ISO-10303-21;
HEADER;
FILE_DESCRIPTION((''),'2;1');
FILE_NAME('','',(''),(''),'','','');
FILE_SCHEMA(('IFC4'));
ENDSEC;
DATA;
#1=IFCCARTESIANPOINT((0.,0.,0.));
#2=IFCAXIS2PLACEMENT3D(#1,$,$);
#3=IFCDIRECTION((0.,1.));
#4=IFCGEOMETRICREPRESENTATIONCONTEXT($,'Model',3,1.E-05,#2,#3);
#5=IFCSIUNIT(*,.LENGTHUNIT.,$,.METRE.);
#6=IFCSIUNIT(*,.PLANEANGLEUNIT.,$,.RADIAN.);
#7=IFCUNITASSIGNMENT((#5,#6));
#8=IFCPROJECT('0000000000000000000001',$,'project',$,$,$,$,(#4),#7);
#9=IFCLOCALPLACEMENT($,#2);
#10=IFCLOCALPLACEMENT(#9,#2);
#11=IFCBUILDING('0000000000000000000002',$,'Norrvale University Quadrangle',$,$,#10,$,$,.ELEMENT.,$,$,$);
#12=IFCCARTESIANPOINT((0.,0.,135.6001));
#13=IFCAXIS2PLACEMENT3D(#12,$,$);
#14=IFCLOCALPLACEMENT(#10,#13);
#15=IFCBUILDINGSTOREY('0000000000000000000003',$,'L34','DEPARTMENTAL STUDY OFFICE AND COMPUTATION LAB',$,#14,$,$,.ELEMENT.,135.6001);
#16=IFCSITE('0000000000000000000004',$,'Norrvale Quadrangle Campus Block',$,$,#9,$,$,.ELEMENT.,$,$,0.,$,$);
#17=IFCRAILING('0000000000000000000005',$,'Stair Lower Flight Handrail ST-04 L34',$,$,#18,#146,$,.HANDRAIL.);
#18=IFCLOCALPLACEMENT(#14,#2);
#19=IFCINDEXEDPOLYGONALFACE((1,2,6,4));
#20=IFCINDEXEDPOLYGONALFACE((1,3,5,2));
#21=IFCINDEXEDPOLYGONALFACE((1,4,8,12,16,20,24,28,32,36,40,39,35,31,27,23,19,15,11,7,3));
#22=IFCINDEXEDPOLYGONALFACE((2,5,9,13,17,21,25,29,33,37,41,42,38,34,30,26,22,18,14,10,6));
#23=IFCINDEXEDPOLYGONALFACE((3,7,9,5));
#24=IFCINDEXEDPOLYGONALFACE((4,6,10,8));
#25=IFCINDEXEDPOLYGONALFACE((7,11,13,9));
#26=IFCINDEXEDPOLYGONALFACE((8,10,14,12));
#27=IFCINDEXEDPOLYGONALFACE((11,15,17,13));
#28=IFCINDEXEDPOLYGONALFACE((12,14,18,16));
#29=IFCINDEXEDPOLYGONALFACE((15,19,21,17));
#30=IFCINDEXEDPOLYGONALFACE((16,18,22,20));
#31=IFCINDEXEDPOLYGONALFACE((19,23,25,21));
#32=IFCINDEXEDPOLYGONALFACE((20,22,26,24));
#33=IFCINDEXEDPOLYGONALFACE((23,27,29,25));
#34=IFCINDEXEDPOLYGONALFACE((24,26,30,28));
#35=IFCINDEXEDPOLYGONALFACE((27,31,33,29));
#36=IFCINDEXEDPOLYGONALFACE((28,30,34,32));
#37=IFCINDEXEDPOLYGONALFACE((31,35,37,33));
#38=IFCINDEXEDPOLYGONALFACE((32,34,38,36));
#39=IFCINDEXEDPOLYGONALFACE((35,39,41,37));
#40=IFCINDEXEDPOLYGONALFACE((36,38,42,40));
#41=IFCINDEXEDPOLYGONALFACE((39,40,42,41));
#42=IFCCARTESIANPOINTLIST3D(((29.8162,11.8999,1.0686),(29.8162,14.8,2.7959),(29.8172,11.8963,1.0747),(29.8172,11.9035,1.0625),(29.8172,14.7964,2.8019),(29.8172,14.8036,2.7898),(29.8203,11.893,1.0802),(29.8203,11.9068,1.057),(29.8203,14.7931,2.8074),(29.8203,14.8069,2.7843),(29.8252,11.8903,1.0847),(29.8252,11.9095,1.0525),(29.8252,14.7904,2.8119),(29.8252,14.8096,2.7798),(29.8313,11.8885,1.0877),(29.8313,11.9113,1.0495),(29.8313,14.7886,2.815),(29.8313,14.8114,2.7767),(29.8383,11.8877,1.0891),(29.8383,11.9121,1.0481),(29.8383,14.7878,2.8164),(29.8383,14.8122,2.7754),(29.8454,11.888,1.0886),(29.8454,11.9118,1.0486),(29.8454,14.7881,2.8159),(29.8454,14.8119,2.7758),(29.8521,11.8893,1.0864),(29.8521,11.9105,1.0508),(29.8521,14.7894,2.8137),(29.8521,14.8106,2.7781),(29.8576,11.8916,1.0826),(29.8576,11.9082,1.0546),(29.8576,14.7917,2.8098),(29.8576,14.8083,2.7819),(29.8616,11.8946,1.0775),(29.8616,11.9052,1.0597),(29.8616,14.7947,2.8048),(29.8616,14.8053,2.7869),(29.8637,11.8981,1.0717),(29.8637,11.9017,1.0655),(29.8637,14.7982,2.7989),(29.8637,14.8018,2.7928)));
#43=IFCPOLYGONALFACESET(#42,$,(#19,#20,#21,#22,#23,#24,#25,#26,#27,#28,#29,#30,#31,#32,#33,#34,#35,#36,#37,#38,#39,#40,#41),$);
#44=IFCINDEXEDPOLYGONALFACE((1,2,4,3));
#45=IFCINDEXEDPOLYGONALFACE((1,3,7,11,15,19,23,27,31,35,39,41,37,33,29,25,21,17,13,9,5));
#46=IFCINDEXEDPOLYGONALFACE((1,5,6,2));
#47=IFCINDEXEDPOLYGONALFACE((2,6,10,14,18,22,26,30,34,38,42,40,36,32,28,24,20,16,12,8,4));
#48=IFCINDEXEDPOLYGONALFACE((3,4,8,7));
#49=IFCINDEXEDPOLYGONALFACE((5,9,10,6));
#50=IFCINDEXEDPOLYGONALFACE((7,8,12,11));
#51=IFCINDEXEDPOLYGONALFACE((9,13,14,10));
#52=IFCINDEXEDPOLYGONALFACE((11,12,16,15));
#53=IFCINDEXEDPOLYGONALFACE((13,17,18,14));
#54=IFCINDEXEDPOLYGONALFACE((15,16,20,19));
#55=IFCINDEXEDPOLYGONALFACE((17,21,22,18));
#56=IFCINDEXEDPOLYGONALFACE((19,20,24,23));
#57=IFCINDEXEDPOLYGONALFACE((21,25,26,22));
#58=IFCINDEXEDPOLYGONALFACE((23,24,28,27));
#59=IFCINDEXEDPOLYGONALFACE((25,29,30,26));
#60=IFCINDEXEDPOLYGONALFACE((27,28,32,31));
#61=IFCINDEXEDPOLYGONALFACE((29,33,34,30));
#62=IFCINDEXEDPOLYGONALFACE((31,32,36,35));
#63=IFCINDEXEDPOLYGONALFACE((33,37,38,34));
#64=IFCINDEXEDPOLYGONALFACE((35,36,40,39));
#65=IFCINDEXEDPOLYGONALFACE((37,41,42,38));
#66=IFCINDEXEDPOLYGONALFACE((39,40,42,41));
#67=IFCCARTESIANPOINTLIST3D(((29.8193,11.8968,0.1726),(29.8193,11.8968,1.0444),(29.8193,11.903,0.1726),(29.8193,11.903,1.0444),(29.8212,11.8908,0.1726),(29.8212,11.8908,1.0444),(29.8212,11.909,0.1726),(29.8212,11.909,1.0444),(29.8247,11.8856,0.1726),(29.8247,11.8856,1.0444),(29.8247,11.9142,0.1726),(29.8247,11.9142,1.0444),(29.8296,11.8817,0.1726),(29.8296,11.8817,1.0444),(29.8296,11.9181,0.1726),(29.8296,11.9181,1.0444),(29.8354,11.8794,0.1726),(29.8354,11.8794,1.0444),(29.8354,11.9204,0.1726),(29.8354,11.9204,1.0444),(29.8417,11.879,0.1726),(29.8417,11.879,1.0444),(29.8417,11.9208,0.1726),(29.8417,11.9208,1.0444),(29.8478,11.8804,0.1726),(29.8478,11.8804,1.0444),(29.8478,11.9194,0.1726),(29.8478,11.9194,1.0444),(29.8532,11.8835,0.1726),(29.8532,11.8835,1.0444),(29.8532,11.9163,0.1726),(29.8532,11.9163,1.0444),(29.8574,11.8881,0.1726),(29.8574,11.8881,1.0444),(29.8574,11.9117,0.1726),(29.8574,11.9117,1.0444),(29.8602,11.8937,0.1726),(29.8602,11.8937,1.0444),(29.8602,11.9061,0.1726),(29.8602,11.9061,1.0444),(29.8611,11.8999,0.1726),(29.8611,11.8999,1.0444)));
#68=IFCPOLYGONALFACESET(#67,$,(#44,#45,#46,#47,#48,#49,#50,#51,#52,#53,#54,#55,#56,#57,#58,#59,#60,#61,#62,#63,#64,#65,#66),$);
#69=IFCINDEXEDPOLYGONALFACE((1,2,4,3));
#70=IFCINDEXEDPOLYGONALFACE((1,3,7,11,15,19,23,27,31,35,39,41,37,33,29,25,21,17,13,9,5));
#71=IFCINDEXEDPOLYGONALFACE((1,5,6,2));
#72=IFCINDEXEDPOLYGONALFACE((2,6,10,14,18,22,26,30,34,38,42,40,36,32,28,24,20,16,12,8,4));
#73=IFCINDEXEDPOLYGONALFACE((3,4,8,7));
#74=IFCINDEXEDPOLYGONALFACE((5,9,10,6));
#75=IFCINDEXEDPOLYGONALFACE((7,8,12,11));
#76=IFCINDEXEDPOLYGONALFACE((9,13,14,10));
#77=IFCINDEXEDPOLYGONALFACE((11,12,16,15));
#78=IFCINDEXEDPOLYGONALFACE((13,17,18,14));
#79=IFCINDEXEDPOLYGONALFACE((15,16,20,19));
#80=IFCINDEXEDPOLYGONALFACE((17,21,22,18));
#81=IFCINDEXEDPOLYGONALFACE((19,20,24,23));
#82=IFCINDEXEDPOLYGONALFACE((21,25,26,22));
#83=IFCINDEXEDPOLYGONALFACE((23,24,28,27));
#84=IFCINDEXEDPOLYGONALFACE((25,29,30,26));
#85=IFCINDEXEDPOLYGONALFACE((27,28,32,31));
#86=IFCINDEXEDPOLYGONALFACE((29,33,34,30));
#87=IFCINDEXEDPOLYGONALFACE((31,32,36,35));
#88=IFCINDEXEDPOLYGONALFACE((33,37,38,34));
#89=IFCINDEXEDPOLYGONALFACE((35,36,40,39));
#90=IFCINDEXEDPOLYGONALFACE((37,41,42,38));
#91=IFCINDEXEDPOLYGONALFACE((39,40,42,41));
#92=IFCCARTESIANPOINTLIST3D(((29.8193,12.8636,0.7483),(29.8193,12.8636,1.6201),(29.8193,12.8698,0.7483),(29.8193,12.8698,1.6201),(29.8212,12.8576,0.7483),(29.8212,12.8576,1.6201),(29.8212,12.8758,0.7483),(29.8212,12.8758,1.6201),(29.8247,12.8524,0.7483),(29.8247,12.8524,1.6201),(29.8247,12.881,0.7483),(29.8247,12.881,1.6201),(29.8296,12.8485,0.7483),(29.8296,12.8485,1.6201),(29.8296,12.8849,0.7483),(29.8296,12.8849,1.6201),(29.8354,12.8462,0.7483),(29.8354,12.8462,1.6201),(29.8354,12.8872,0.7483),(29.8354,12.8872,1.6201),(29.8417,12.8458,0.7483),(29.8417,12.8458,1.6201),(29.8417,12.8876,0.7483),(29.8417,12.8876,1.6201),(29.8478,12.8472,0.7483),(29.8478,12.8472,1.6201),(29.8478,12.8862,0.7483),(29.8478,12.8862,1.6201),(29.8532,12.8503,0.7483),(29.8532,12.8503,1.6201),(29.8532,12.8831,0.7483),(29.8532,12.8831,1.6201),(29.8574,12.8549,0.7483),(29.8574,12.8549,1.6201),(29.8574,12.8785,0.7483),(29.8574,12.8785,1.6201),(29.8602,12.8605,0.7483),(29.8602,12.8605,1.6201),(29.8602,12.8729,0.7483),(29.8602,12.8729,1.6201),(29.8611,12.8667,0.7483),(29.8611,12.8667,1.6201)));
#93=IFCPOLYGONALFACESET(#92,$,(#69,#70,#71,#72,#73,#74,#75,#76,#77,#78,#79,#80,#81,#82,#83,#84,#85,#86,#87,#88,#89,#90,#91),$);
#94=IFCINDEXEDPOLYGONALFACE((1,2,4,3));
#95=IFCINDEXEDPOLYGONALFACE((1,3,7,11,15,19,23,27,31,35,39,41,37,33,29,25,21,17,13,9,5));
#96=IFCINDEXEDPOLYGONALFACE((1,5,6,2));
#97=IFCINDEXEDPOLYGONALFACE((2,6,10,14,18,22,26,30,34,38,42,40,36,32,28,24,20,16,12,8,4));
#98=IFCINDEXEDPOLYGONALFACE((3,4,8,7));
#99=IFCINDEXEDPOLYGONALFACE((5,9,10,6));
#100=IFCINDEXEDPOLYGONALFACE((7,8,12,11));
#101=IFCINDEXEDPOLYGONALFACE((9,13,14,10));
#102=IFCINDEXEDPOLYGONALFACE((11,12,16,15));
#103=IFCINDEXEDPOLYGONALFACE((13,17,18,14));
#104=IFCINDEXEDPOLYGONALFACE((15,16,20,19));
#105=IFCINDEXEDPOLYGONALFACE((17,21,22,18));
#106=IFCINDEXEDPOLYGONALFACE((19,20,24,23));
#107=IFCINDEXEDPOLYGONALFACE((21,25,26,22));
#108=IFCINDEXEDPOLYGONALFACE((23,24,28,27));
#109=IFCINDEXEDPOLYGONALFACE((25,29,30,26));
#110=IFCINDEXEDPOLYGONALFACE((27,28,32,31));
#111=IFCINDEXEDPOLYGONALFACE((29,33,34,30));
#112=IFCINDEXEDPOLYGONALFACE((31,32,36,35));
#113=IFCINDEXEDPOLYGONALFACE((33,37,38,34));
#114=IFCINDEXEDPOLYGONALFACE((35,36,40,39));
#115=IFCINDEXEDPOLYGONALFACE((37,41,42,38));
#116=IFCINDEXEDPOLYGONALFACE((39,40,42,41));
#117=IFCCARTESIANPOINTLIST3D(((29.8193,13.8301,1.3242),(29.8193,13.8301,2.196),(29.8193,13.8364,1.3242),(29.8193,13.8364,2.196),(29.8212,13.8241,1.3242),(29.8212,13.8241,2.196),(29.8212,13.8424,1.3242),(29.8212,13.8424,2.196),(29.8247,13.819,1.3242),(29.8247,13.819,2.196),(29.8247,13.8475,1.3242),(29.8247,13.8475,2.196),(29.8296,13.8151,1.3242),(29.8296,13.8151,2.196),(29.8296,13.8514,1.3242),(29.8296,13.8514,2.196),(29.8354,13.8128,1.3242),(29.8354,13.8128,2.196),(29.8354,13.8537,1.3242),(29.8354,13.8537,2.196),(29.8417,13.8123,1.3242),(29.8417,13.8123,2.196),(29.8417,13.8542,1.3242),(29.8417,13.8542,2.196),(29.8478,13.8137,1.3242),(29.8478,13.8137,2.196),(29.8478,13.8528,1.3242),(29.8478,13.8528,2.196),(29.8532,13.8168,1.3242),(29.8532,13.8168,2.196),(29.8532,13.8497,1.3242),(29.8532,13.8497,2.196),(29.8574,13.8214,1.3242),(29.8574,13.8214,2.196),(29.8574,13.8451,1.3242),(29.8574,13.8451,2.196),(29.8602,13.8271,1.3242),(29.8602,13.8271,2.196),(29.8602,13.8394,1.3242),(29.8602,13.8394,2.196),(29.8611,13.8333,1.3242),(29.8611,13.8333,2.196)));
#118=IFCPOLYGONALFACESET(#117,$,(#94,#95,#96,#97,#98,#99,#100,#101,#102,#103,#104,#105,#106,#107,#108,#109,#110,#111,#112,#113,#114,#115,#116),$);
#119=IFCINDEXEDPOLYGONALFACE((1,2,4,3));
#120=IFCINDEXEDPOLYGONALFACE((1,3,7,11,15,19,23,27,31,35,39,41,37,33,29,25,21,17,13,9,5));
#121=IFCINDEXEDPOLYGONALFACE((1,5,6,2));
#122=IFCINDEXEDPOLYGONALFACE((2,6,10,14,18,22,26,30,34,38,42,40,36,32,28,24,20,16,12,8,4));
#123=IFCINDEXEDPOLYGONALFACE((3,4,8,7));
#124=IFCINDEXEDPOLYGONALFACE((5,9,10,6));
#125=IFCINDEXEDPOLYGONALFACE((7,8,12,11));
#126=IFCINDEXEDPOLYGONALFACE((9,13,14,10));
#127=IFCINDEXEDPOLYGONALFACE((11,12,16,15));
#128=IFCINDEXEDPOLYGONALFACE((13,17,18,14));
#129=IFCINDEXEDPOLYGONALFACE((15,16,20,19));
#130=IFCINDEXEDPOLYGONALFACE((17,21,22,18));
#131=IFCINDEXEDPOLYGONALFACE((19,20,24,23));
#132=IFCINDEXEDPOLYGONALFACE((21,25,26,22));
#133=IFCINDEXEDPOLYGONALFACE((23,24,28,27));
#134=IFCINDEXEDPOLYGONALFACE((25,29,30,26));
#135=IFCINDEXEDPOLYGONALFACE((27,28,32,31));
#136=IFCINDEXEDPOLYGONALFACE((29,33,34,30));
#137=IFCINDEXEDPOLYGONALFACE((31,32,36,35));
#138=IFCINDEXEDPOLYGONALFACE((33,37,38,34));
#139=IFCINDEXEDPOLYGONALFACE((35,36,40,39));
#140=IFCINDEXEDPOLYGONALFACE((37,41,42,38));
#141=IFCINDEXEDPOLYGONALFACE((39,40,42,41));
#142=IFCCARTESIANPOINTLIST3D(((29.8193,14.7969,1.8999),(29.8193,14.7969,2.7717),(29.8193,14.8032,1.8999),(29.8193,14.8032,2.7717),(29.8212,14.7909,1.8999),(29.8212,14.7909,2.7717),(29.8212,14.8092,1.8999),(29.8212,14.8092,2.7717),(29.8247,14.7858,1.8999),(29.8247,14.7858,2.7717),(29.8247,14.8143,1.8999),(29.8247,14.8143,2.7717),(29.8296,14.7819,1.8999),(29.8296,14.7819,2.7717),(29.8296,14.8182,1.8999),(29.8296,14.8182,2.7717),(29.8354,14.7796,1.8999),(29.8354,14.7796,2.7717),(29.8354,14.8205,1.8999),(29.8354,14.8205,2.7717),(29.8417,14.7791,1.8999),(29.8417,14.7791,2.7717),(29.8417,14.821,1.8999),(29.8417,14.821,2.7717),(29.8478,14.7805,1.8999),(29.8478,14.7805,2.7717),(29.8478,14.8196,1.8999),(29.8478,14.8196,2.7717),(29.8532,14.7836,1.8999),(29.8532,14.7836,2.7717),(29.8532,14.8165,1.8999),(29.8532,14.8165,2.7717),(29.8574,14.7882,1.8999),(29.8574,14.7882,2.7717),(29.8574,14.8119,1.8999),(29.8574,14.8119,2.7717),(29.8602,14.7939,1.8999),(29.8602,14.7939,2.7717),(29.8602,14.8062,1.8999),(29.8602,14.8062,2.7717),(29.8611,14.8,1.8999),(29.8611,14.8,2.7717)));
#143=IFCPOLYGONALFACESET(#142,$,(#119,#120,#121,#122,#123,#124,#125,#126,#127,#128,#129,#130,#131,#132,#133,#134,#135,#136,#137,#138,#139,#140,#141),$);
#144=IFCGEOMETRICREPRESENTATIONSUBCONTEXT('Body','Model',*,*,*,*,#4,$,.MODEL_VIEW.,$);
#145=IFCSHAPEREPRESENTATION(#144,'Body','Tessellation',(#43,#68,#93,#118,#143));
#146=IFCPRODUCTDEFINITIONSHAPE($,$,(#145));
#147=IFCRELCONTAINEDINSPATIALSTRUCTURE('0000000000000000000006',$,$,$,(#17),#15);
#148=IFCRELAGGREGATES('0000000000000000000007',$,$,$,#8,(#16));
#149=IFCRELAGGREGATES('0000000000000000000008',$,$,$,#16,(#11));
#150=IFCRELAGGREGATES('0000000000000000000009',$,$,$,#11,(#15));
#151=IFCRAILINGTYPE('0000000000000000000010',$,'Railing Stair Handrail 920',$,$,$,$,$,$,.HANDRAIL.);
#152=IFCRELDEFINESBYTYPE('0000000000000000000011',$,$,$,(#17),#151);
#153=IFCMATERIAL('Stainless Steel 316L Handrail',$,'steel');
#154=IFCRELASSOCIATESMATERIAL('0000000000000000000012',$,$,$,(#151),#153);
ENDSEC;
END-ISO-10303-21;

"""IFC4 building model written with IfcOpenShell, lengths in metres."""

from ifc_helpers import new_model, si_unit, direction, frame, origin, origin_2d, place, context, subcontext, project, spatial, circle, extrude, material, type_object, element, save


model = new_model("IFC4")

# Units and contexts
model_context = context("Model", 3, precision=1e-05, world=origin(), true_north=direction((0.0, 1.0)))
body_context = subcontext(model_context, "Body", "Model", "MODEL_VIEW")
ifc_project = project(units=[si_unit("LENGTHUNIT", "METRE"), si_unit("PLANEANGLEUNIT", "RADIAN")], contexts=[model_context])

# Site, building, storey
site_placement = place(None, origin())
site = spatial("IfcSite", under=ifc_project, at=site_placement, Name="Norrvale Quadrangle Campus Block", CompositionType="ELEMENT", RefElevation=0.0)
building_placement = place(site_placement, origin())
building = spatial("IfcBuilding", under=site, at=building_placement, Name="Norrvale University Quadrangle", CompositionType="ELEMENT")
storey_placement = place(building_placement, frame((0.0, 0.0, 135.6001)))
storey = spatial("IfcBuildingStorey", under=building, at=storey_placement, Name="L34", Description="DEPARTMENTAL STUDY OFFICE AND COMPUTATION LAB", CompositionType="ELEMENT", Elevation=135.6001)

# Railing
ifc_material_1 = material(Name="Stainless Steel 316L Handrail", Category="steel")
railing_type_1 = type_object("IfcRailingType", Name="Railing Stair Handrail 920", PredefinedType="HANDRAIL", material=ifc_material_1)
railing_1_placement = place(storey_placement, frame((29.8401, 11.8999, 0.1726)))
element("IfcRailing", 1, at=railing_1_placement, inside=storey, type_object=railing_type_1, Name="Stair Lower Flight Handrail ST-04 L34", PredefinedType="HANDRAIL", context=body_context, shape_type="SweptSolid", body=[
    extrude(circle(Radius=0.0239, at=origin_2d()), frame((0.0, 0.0, 0.896), z_axis=(0.0, 0.85916, 0.511706), x_axis=(-1.0, 0.0, 0.0)), (0.0, 0.0, 1.0), 3.3755),
    extrude(circle(Radius=0.021, at=origin_2d()), origin(), (0.0, 0.0, 1.0), 0.8718),
    extrude(circle(Radius=0.021, at=origin_2d()), frame((0.0, 0.9668, 0.5757)), (0.0, 0.0, 1.0), 0.8718),
    extrude(circle(Radius=0.021, at=origin_2d()), frame((0.0, 1.9333, 1.1516)), (0.0, 0.0, 1.0), 0.8718),
    extrude(circle(Radius=0.021, at=origin_2d()), frame((0.0, 2.9001, 1.7273)), (0.0, 0.0, 1.0), 0.8718),
])

save(model, "model.ifc")
